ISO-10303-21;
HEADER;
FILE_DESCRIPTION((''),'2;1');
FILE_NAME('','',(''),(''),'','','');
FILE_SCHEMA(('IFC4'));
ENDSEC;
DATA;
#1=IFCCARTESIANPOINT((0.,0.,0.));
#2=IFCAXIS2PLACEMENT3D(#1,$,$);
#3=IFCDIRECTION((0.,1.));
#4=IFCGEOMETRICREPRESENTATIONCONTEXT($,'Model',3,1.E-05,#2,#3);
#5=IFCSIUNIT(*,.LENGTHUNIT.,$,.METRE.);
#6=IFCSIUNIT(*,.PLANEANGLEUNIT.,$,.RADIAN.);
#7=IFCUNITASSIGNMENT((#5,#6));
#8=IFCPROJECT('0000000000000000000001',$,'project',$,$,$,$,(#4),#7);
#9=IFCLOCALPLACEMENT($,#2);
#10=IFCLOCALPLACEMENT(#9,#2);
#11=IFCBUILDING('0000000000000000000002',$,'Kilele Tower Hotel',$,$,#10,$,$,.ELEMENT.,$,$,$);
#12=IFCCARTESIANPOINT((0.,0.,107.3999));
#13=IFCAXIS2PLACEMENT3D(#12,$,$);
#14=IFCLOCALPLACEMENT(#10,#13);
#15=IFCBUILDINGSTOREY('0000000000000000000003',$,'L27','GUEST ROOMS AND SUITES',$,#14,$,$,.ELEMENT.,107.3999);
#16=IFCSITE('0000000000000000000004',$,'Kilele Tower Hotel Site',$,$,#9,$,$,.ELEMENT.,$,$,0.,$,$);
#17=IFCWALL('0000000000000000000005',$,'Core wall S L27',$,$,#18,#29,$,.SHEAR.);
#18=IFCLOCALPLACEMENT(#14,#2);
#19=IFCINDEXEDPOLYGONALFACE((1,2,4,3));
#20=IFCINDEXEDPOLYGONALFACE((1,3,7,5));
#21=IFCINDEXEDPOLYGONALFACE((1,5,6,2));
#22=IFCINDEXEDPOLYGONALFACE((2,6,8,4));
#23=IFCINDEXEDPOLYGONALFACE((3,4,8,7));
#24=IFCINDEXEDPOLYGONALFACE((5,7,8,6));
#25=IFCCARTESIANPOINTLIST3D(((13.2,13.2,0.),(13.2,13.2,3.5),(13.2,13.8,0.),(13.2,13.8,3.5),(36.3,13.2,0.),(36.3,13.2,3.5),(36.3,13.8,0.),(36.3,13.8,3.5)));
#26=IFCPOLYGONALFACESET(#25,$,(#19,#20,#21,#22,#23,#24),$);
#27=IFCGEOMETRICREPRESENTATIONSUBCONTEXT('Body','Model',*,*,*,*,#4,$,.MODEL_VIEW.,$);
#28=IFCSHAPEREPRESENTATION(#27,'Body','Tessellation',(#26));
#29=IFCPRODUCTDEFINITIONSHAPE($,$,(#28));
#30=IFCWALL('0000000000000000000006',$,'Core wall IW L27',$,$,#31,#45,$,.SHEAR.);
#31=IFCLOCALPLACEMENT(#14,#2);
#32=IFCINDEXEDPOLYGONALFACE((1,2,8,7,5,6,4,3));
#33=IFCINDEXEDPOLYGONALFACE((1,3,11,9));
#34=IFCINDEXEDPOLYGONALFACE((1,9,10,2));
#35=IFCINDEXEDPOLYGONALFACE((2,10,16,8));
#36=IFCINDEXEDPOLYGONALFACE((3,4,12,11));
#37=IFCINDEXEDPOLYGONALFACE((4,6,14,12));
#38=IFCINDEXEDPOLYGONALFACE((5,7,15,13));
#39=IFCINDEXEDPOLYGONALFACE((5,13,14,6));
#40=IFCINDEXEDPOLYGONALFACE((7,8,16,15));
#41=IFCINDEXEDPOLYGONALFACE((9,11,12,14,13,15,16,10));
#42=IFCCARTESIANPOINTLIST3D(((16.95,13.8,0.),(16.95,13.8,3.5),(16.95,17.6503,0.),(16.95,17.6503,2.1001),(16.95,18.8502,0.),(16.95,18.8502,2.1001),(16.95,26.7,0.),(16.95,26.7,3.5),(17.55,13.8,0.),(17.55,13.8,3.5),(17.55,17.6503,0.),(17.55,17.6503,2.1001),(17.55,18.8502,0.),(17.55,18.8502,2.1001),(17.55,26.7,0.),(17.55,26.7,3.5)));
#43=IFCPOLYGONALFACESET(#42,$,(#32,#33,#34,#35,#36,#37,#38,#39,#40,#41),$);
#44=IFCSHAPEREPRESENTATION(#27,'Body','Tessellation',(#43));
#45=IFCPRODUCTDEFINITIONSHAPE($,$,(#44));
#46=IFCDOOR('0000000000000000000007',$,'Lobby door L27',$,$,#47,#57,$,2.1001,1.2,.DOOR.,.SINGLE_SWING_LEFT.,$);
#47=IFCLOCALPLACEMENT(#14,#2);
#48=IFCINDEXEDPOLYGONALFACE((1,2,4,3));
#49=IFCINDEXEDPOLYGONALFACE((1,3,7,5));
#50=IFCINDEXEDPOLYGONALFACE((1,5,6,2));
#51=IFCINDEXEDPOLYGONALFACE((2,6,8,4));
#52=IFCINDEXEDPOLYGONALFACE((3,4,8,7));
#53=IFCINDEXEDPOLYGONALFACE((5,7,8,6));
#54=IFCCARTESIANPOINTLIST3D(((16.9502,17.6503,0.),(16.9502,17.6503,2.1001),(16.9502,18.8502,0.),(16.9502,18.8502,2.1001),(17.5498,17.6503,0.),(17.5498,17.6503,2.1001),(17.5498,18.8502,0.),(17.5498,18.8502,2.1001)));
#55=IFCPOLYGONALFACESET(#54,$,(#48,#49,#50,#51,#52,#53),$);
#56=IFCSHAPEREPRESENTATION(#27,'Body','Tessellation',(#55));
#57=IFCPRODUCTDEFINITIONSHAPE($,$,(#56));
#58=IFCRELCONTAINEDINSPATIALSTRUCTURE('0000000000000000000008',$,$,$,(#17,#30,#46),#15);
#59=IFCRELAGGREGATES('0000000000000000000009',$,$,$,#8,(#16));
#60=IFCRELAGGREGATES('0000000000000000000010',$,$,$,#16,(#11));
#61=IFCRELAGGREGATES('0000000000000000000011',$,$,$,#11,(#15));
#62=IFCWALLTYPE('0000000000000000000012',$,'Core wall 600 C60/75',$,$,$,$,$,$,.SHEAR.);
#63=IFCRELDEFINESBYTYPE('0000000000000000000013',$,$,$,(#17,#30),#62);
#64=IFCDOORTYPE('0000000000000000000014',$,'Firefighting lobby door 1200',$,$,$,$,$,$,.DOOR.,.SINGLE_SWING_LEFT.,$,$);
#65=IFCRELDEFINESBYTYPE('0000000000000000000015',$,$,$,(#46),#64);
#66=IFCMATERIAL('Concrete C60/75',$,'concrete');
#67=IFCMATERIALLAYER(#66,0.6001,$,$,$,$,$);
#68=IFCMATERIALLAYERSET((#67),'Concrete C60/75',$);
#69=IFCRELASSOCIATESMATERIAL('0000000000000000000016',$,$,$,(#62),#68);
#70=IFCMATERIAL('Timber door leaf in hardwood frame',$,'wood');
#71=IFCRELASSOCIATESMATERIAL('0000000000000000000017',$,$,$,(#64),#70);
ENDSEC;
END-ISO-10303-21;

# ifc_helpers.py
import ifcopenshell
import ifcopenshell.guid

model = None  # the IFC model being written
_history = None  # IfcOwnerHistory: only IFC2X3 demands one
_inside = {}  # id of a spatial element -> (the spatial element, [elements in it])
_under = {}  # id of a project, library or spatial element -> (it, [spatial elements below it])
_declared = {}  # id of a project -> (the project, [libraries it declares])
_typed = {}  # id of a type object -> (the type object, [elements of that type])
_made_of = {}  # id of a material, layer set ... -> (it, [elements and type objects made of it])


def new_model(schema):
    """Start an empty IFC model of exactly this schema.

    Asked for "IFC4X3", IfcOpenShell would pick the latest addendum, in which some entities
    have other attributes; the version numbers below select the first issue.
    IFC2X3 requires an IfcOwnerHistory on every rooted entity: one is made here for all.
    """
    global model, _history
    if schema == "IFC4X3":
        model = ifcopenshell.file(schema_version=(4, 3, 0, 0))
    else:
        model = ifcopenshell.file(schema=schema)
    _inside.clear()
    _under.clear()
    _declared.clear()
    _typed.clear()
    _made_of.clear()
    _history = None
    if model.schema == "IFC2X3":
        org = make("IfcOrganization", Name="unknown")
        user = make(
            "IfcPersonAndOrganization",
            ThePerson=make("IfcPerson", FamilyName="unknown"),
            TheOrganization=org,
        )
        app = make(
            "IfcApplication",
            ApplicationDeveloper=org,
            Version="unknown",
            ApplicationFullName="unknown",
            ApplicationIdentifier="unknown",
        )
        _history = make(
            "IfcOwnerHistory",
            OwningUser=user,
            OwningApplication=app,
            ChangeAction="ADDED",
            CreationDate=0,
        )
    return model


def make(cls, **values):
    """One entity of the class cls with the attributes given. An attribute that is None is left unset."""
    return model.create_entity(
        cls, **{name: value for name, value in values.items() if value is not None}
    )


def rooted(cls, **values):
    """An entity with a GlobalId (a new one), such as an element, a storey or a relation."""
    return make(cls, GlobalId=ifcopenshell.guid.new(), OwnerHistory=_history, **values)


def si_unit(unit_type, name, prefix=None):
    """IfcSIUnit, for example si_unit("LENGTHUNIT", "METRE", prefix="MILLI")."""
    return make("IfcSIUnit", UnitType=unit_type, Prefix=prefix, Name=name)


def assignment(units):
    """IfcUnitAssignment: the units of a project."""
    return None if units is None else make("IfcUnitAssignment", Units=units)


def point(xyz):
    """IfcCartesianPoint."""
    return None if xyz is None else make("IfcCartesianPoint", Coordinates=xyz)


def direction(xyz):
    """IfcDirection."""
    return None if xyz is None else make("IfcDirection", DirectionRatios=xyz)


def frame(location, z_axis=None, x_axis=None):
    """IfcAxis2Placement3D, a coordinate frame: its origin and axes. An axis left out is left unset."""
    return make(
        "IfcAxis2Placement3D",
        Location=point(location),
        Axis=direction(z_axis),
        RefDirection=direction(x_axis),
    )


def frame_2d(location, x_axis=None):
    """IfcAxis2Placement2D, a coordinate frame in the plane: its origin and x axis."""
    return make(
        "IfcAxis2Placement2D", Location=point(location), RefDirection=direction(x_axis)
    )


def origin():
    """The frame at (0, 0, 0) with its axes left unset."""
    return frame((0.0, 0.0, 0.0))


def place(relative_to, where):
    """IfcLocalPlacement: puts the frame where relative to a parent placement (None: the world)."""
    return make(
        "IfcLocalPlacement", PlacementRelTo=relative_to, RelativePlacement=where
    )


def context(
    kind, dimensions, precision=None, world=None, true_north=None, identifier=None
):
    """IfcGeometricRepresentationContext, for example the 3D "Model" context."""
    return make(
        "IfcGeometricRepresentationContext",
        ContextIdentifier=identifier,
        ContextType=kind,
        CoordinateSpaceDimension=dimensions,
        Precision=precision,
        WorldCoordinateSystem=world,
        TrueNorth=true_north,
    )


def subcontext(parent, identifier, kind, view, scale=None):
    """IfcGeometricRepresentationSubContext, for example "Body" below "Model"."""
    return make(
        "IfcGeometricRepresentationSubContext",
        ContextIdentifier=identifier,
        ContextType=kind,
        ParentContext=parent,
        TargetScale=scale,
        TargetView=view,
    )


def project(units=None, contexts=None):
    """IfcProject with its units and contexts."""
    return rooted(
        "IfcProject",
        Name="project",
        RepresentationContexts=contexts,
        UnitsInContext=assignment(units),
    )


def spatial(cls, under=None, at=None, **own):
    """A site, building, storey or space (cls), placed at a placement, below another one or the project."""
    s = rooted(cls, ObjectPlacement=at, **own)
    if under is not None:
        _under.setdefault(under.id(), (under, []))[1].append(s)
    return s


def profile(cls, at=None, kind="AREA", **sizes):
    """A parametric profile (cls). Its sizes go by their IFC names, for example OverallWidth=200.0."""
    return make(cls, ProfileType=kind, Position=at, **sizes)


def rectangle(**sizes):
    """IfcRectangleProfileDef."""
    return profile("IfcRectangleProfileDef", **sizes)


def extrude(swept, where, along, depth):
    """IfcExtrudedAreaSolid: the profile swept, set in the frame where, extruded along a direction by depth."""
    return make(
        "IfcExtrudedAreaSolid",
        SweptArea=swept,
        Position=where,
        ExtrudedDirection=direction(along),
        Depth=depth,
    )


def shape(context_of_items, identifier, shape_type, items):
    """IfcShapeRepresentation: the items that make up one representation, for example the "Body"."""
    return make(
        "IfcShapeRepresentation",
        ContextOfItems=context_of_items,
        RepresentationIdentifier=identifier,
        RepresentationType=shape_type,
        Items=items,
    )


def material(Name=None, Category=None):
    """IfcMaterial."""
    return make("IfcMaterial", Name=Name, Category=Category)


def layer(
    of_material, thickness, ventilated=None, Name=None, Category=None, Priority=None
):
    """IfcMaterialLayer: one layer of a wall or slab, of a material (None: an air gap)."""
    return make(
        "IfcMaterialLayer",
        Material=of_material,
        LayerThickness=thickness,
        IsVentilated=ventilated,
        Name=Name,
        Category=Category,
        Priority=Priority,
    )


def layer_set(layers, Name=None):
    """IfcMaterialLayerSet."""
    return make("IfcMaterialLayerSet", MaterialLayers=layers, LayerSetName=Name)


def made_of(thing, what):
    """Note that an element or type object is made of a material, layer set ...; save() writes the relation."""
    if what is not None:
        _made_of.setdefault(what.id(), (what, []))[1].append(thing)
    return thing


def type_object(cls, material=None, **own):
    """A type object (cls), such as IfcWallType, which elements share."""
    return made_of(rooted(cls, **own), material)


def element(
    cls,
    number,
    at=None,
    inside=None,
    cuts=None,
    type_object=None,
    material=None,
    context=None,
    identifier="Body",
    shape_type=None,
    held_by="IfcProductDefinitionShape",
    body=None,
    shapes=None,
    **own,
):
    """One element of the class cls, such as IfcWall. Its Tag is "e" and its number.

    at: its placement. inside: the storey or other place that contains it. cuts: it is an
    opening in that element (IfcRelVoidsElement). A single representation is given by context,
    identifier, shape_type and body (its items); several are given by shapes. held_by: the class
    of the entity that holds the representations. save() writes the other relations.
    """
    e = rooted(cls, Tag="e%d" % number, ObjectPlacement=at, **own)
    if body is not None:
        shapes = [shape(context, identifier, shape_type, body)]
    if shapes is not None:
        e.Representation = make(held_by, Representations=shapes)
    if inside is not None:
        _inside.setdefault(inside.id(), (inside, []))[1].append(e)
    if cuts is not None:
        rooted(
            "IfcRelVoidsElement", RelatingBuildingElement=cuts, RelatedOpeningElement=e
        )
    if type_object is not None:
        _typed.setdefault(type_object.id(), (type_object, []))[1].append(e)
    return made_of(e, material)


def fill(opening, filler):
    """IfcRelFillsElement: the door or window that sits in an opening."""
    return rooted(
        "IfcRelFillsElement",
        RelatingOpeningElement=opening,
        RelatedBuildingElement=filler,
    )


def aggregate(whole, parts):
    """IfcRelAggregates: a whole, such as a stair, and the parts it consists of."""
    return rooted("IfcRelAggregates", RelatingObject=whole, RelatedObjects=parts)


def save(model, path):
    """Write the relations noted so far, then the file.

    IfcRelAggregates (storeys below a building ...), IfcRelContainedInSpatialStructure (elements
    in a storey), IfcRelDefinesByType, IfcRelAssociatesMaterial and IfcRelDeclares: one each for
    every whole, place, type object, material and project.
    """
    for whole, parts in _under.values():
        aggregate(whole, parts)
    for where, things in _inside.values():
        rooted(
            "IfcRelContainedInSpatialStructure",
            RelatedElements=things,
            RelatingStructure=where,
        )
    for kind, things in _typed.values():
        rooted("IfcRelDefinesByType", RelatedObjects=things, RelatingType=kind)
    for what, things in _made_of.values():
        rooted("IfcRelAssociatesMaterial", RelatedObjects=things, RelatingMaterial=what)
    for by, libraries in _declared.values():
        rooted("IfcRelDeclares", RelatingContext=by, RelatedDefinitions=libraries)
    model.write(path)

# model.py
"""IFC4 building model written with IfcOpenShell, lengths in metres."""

from ifc_helpers import new_model, si_unit, direction, frame, frame_2d, origin, place, context, subcontext, project, spatial, rectangle, extrude, material, layer, layer_set, type_object, element, fill, save


model = new_model("IFC4")

# Units and contexts
model_context = context("Model", 3, precision=1e-05, world=origin(), true_north=direction((0.0, 1.0)))
body_context = subcontext(model_context, "Body", "Model", "MODEL_VIEW")
ifc_project = project(units=[si_unit("LENGTHUNIT", "METRE"), si_unit("PLANEANGLEUNIT", "RADIAN")], contexts=[model_context])

# Site, building, storey
site_placement = place(None, origin())
site = spatial("IfcSite", under=ifc_project, at=site_placement, Name="Kilele Tower Hotel Site", CompositionType="ELEMENT", RefElevation=0.0)
building_placement = place(site_placement, origin())
building = spatial("IfcBuilding", under=site, at=building_placement, Name="Kilele Tower Hotel", CompositionType="ELEMENT")
storey_placement = place(building_placement, frame((0.0, 0.0, 107.3999)))
storey = spatial("IfcBuildingStorey", under=building, at=storey_placement, Name="L27", Description="GUEST ROOMS AND SUITES", CompositionType="ELEMENT", Elevation=107.3999)

# Wall
ifc_material_1 = material(Name="Concrete C60/75", Category="concrete")
ifc_layer_1 = layer(ifc_material_1, 0.6001)
ifc_layer_set_1 = layer_set([ifc_layer_1], Name="Concrete C60/75")
wall_type_1 = type_object("IfcWallType", Name="Core wall 600 C60/75", PredefinedType="SHEAR", material=ifc_layer_set_1)
wall_1_placement = place(storey_placement, frame((13.2, 13.5, 0.0), z_axis=(0.0, 0.0, 1.0), x_axis=(1.0, 0.0, 0.0)))
element("IfcWall", 1, at=wall_1_placement, inside=storey, type_object=wall_type_1, Name="Core wall S L27", PredefinedType="SHEAR", context=body_context, shape_type="SweptSolid", body=[
    extrude(rectangle(XDim=23.1001, YDim=0.6001, at=frame_2d((11.55, 0.0))), origin(), (0.0, 0.0, 1.0), 3.5),
])

# Wall, opening, door
wall_2_placement = place(storey_placement, frame((17.25, 13.8, 0.0), z_axis=(0.0, 0.0, 1.0), x_axis=(0.0, 1.0, 0.0)))
wall_2 = element("IfcWall", 2, at=wall_2_placement, inside=storey, type_object=wall_type_1, Name="Core wall IW L27", PredefinedType="SHEAR", context=body_context, shape_type="SweptSolid", body=[
    extrude(rectangle(XDim=12.8999, YDim=0.6001, at=frame_2d((6.45, 0.0))), origin(), (0.0, 0.0, 1.0), 3.5),
])
opening_1_placement = place(wall_2_placement, frame((3.8501, 0.0, 0.0)))
opening_1 = element("IfcOpeningElement", 3, at=opening_1_placement, cuts=wall_2, PredefinedType="OPENING", context=body_context, shape_type="SweptSolid", body=[
    extrude(rectangle(XDim=1.2, YDim=2.1001, at=frame_2d((0.6001, 1.05))), frame((0.0, 0.3101, 0.0), z_axis=(0.0, -1.0, 0.0), x_axis=(1.0, 0.0, 0.0)), (0.0, 0.0, 1.0), 0.6201),
])
ifc_material_2 = material(Name="Timber door leaf in hardwood frame", Category="wood")
door_type_1 = type_object("IfcDoorType", Name="Firefighting lobby door 1200", OperationType="SINGLE_SWING_LEFT", PredefinedType="DOOR", material=ifc_material_2)
door_1_placement = place(opening_1_placement, origin())
door_1 = element("IfcDoor", 4, at=door_1_placement, inside=storey, type_object=door_type_1, Name="Lobby door L27", OperationType="SINGLE_SWING_LEFT", OverallHeight=2.1001, OverallWidth=1.2, PredefinedType="DOOR", context=body_context, shape_type="SweptSolid", body=[
    extrude(rectangle(XDim=1.2, YDim=2.1001, at=frame_2d((0.6001, 1.05))), frame((0.0, 0.2998, 0.0), z_axis=(0.0, -1.0, 0.0), x_axis=(1.0, 0.0, 0.0)), (0.0, 0.0, 1.0), 0.5996),
])
fill(opening_1, door_1)

save(model, "model.ifc")
